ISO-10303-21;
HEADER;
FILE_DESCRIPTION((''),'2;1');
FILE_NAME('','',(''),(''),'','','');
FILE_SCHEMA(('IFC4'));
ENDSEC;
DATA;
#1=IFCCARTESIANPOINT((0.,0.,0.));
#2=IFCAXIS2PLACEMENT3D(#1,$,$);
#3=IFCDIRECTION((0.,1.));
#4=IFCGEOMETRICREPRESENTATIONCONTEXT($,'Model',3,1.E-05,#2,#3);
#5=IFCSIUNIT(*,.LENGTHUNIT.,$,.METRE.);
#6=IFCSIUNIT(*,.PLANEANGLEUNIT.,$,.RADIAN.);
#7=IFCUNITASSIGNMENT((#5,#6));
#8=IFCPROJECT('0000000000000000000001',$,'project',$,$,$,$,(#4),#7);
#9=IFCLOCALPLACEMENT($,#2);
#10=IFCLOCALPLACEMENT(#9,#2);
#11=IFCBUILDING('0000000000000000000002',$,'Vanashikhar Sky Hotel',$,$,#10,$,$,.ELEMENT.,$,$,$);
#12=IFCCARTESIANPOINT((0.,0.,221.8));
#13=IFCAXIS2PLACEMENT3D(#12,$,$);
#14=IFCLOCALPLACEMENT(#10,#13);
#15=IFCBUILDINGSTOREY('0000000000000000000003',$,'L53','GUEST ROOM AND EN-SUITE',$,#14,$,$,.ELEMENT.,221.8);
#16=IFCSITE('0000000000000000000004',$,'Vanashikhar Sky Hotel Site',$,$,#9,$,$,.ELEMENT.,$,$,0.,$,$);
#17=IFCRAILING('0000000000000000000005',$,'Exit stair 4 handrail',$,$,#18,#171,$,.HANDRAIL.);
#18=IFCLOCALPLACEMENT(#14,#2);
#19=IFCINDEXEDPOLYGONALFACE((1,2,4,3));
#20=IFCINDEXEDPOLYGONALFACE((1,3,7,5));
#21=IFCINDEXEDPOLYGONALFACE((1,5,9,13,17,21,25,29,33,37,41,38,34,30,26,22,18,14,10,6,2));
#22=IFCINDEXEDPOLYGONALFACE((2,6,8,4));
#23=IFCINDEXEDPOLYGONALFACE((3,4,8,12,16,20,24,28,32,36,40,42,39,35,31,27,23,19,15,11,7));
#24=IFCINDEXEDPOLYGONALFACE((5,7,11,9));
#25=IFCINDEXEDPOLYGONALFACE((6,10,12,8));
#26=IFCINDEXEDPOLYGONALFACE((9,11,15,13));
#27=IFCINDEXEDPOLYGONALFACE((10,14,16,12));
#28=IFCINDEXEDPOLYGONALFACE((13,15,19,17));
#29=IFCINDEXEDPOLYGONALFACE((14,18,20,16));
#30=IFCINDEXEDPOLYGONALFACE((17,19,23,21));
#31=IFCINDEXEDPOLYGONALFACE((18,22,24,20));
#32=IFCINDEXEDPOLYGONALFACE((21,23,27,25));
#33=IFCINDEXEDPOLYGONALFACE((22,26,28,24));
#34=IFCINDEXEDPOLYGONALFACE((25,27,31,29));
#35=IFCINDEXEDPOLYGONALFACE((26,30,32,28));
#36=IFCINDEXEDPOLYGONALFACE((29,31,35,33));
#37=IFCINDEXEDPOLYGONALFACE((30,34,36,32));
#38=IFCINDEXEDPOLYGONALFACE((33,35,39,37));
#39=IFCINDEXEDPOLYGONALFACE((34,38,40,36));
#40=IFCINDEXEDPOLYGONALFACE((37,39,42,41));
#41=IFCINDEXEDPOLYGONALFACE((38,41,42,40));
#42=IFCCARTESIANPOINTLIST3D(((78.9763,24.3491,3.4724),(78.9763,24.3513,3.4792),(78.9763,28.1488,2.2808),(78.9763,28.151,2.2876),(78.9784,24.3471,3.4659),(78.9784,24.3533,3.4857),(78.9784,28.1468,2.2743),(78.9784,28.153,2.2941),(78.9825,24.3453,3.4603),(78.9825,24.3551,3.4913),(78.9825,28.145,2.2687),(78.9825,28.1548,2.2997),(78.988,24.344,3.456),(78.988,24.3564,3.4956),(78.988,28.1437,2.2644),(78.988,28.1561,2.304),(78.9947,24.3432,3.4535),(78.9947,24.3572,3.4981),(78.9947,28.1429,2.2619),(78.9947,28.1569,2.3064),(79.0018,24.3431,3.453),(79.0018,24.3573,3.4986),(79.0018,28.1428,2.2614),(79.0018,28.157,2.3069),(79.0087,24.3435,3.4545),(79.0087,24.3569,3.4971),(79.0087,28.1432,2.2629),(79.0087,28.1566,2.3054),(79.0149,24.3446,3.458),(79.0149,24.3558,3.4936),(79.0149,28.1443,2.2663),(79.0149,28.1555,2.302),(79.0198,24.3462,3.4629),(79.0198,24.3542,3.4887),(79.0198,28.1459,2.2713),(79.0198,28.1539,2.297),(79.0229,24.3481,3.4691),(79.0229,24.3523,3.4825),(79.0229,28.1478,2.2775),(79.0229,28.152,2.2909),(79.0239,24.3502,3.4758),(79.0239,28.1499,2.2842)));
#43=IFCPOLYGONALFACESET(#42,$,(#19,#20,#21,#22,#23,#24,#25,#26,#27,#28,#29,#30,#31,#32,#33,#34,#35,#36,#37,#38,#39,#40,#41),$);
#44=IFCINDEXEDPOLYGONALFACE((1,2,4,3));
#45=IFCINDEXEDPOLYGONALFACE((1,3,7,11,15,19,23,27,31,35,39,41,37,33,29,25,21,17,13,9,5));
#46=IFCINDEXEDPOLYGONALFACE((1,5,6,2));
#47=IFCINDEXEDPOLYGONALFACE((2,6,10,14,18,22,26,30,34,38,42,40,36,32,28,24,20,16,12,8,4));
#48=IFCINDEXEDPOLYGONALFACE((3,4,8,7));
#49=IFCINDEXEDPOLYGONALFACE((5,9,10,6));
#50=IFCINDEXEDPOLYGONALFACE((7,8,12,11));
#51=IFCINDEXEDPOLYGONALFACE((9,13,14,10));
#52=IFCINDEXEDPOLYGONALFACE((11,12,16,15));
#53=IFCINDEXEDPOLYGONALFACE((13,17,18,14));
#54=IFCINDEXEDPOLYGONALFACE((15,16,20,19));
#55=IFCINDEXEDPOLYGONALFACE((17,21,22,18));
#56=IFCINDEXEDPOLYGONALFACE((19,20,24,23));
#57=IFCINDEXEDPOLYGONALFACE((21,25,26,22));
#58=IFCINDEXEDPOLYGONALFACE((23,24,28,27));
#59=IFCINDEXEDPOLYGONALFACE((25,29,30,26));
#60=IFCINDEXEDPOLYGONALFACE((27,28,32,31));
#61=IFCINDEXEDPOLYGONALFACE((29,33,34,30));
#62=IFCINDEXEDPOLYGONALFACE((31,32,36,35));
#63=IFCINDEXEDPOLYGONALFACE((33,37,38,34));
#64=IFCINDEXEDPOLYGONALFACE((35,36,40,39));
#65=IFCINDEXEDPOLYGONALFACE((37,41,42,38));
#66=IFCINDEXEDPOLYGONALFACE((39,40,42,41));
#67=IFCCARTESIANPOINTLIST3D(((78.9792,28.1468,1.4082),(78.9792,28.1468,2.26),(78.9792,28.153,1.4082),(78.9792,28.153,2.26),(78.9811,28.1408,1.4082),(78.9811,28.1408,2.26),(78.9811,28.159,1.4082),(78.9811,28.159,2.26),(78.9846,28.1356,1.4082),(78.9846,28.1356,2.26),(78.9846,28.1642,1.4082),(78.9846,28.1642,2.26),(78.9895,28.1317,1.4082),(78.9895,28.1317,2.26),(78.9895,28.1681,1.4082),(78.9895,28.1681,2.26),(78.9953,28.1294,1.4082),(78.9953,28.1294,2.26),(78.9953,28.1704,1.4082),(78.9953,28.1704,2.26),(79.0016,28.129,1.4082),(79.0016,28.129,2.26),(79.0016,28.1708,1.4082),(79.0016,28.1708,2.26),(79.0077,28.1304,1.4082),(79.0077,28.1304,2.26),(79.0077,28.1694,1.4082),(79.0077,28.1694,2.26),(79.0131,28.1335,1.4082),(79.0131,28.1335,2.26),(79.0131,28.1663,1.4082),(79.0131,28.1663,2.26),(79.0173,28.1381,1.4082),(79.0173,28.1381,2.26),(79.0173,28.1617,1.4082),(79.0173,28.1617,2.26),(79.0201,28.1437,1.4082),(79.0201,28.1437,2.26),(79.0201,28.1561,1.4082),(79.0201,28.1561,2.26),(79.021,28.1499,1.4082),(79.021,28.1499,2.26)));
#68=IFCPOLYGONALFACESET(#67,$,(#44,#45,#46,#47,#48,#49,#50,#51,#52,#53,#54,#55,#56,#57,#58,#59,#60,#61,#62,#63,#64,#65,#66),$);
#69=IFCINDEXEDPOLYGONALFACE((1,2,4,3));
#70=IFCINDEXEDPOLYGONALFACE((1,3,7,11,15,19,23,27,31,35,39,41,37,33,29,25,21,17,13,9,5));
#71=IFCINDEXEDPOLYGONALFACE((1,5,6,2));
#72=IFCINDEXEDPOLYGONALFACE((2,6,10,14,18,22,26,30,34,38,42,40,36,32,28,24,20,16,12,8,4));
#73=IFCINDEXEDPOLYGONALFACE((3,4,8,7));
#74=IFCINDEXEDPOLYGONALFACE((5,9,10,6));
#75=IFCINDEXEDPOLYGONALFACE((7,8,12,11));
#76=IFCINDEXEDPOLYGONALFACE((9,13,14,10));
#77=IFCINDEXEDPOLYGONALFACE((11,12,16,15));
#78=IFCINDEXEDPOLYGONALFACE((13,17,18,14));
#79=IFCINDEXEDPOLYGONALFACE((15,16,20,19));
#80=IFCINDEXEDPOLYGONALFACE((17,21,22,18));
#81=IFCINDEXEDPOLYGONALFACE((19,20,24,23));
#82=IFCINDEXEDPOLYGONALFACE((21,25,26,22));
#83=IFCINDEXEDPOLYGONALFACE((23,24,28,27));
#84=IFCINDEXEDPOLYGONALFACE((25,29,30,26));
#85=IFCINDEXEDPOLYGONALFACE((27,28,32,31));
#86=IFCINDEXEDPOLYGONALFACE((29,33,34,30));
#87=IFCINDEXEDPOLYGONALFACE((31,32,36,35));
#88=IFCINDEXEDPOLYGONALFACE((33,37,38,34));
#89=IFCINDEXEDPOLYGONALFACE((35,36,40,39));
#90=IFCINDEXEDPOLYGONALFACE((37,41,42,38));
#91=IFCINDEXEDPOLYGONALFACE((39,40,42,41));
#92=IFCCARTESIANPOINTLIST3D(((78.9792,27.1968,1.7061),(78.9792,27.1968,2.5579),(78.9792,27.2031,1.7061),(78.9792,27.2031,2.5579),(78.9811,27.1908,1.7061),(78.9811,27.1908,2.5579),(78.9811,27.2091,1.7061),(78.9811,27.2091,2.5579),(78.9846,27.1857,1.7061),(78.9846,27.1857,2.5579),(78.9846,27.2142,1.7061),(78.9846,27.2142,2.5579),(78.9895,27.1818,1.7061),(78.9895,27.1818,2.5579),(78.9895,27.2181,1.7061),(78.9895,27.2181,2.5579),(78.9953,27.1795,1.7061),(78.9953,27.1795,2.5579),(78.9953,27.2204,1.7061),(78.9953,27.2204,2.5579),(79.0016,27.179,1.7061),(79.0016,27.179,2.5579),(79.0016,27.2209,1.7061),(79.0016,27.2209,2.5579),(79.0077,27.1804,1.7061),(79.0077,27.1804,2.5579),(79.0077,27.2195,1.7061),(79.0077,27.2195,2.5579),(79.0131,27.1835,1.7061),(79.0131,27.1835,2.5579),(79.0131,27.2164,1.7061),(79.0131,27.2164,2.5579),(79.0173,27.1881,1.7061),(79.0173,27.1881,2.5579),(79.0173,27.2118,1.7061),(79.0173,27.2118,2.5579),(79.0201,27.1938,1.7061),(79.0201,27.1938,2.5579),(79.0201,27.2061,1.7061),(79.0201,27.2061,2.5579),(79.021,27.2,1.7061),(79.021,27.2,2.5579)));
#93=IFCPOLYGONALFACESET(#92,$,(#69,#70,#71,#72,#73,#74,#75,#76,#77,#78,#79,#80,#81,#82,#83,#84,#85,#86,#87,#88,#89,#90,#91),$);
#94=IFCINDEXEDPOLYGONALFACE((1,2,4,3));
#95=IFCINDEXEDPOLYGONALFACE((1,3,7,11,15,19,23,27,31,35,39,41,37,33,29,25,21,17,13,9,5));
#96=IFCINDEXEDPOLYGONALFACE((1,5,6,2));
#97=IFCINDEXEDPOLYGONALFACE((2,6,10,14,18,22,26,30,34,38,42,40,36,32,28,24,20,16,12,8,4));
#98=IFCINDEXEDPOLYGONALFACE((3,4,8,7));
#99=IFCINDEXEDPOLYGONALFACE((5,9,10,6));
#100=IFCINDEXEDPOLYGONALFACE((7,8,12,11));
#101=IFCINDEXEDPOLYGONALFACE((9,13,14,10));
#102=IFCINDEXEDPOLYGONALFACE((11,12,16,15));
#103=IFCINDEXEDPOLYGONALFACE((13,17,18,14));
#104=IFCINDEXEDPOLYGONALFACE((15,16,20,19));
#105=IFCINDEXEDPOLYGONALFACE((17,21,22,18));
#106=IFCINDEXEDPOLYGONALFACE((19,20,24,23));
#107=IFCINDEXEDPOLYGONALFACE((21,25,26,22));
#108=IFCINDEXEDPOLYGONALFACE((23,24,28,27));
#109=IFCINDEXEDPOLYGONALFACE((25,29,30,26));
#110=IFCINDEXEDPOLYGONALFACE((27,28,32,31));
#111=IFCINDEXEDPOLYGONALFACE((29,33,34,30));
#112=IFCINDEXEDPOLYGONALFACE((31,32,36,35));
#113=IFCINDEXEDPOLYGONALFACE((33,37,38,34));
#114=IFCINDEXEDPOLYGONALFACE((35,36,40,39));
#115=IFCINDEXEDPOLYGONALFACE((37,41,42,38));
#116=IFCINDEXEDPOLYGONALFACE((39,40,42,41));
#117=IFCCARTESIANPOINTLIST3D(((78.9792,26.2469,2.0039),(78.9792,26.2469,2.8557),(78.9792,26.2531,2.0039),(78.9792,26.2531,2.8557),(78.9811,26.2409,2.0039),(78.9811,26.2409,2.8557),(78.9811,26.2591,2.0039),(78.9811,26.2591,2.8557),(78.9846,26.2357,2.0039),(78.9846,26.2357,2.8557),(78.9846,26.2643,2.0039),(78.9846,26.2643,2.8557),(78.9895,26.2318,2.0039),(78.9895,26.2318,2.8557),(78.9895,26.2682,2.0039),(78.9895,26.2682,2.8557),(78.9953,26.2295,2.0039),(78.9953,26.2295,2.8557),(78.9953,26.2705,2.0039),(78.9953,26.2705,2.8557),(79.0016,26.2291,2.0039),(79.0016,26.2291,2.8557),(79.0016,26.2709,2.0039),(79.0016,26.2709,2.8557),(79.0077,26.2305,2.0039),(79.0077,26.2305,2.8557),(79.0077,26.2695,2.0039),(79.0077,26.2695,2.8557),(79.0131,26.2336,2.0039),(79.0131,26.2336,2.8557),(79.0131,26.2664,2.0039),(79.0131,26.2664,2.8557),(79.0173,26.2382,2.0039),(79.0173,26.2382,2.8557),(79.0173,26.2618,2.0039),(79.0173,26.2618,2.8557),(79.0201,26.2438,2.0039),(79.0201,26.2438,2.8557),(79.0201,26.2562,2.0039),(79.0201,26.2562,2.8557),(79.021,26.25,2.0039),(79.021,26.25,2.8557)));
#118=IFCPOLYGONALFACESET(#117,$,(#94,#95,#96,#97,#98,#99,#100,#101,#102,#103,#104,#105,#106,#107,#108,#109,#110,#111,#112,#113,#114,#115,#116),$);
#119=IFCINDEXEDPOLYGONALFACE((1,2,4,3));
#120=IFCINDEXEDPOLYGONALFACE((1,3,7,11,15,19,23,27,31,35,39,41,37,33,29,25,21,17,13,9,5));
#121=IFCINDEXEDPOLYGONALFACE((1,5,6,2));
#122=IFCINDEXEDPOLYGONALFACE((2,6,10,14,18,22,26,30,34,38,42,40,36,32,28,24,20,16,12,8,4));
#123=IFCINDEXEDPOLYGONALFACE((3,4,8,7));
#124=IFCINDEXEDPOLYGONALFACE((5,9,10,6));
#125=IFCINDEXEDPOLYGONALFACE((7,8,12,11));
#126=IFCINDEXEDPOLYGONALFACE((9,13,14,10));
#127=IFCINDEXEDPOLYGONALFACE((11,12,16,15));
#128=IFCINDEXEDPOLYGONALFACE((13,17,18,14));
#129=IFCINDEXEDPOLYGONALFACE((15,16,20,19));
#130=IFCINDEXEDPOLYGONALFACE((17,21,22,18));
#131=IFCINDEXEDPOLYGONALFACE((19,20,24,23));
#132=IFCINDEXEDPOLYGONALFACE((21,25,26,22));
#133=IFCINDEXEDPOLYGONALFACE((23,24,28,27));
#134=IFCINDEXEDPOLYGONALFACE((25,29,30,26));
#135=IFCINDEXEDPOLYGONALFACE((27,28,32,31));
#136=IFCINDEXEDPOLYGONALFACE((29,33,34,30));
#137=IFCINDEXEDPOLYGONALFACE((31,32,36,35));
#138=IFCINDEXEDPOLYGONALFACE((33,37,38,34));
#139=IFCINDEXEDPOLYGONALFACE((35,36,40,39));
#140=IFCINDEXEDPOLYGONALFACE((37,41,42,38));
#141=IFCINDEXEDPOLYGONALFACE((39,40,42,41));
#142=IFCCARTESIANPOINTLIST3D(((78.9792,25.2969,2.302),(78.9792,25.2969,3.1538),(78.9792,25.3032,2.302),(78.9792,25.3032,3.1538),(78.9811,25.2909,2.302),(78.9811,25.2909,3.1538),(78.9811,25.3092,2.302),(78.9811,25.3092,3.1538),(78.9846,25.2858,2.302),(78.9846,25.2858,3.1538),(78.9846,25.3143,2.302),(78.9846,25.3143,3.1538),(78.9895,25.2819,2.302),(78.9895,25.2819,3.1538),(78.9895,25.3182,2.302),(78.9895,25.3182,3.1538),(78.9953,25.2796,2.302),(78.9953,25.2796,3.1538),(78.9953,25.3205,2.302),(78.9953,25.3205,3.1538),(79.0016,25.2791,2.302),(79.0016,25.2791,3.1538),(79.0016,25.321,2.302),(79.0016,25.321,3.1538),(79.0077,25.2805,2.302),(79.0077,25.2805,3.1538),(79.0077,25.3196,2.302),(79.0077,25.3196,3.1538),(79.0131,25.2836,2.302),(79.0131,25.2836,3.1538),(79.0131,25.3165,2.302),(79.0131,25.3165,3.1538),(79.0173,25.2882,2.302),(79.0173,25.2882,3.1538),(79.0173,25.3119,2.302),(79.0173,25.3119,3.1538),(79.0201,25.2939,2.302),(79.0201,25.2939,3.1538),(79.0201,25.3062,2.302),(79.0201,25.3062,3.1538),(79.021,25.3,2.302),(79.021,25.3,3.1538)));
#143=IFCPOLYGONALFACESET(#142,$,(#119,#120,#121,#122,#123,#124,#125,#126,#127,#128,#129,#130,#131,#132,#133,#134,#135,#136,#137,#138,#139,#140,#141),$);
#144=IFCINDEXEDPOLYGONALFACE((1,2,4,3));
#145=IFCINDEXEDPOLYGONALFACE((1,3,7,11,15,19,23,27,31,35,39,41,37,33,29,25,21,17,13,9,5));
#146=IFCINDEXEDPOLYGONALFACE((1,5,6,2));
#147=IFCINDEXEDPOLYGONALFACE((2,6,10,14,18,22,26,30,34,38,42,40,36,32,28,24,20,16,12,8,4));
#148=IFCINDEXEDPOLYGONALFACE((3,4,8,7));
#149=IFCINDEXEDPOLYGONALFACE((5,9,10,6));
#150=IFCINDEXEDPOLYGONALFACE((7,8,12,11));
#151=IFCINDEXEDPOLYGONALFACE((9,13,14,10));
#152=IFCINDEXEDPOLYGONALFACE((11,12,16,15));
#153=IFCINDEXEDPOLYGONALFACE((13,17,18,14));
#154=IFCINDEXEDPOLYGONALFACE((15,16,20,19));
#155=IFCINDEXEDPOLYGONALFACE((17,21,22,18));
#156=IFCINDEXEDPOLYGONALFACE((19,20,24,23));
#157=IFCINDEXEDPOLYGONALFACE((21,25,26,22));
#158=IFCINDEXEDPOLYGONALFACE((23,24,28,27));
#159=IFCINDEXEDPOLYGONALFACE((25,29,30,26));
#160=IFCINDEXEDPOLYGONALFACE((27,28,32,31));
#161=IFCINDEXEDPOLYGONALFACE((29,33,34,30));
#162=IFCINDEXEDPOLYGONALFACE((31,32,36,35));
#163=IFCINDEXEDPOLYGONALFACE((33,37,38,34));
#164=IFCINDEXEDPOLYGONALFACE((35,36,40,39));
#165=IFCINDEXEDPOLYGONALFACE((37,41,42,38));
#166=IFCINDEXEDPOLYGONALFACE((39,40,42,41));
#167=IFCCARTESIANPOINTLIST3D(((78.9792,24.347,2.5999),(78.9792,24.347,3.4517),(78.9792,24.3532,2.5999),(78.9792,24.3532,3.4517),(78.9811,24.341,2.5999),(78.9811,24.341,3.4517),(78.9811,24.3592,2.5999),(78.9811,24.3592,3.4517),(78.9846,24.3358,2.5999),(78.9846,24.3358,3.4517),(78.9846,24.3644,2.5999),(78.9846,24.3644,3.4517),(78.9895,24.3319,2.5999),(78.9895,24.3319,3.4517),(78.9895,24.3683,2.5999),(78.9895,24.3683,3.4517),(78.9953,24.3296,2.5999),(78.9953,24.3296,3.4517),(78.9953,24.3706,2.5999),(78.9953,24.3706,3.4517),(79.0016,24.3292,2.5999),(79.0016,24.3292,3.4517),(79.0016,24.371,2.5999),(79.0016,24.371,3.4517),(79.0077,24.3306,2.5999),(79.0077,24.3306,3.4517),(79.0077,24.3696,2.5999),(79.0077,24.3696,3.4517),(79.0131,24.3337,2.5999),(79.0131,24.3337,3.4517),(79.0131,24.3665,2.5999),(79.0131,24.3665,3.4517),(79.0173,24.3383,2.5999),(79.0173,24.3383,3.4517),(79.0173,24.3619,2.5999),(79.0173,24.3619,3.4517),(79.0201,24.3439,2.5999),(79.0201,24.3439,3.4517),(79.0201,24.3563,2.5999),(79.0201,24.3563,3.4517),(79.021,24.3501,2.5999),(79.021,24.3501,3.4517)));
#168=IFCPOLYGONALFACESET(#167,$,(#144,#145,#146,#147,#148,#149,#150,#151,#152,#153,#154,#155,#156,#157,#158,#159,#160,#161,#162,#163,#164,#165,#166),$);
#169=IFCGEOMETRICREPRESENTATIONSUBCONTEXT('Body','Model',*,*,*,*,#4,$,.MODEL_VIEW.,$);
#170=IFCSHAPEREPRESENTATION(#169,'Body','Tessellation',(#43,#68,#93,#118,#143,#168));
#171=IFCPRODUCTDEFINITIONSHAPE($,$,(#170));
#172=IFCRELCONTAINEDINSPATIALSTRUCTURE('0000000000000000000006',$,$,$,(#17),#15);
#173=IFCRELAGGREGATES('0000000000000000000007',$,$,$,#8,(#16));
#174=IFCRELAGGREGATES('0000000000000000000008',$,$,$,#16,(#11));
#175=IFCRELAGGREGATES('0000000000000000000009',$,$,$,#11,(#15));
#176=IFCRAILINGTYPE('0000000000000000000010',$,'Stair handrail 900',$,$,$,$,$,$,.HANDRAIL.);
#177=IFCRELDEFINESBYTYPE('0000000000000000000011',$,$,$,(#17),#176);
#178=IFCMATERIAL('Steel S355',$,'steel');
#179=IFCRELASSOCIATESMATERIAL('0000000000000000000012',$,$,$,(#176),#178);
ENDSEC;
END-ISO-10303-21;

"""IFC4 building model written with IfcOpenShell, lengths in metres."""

from ifc_helpers import new_model, si_unit, direction, frame, origin, origin_2d, place, context, subcontext, project, spatial, circle, extrude, source, transform, mapped, material, type_object, element, save


model = new_model("IFC4")

# Units and contexts
model_context = context("Model", 3, precision=1e-05, world=origin(), true_north=direction((0.0, 1.0)))
body_context = subcontext(model_context, "Body", "Model", "MODEL_VIEW")
ifc_project = project(units=[si_unit("LENGTHUNIT", "METRE"), si_unit("PLANEANGLEUNIT", "RADIAN")], contexts=[model_context])

# Site, building, storey
site_placement = place(None, origin())
site = spatial("IfcSite", under=ifc_project, at=site_placement, Name="Vanashikhar Sky Hotel Site", CompositionType="ELEMENT", RefElevation=0.0)
building_placement = place(site_placement, origin())
building = spatial("IfcBuilding", under=site, at=building_placement, Name="Vanashikhar Sky Hotel", CompositionType="ELEMENT")
storey_placement = place(building_placement, frame((0.0, 0.0, 221.8)))
storey = spatial("IfcBuildingStorey", under=building, at=storey_placement, Name="L53", Description="GUEST ROOM AND EN-SUITE", CompositionType="ELEMENT", Elevation=221.8)

# Railing
ifc_material_1 = material(Name="Steel S355", Category="steel")
railing_type_1 = type_object("IfcRailingType", Name="Stair handrail 900", PredefinedType="HANDRAIL", material=ifc_material_1)
shared_shape_1 = source(origin(), body_context, "Body", "SweptSolid", [
    extrude(circle(Radius=0.0239, at=origin_2d()), frame((0.0, 0.0, 0.876), z_axis=(0.0, -0.954178, 0.299238), x_axis=(1.0, 0.0, 0.0)), (0.0, 0.0, 1.0), 3.9822),
    extrude(circle(Radius=0.021, at=origin_2d()), origin(), (0.0, 0.0, 1.0), 0.8518),
    extrude(circle(Radius=0.021, at=origin_2d()), frame((0.0, -0.95, 0.2979)), (0.0, 0.0, 1.0), 0.8518),
    extrude(circle(Radius=0.021, at=origin_2d()), frame((0.0, -1.8999, 0.5957)), (0.0, 0.0, 1.0), 0.8518),
    extrude(circle(Radius=0.021, at=origin_2d()), frame((0.0, -2.8499, 0.8938)), (0.0, 0.0, 1.0), 0.8518),
    extrude(circle(Radius=0.021, at=origin_2d()), frame((0.0, -3.7998, 1.1917)), (0.0, 0.0, 1.0), 0.8518),
])
railing_1_placement = place(storey_placement, frame((79.0, 28.1499, 1.4082)))
element("IfcRailing", 1, at=railing_1_placement, inside=storey, type_object=railing_type_1, Name="Exit stair 4 handrail", PredefinedType="HANDRAIL", context=body_context, shape_type="MappedRepresentation", body=[
    mapped(shared_shape_1, transform((0.0, 0.0, 0.0), scale=1.0)),
])

save(model, "model.ifc")
